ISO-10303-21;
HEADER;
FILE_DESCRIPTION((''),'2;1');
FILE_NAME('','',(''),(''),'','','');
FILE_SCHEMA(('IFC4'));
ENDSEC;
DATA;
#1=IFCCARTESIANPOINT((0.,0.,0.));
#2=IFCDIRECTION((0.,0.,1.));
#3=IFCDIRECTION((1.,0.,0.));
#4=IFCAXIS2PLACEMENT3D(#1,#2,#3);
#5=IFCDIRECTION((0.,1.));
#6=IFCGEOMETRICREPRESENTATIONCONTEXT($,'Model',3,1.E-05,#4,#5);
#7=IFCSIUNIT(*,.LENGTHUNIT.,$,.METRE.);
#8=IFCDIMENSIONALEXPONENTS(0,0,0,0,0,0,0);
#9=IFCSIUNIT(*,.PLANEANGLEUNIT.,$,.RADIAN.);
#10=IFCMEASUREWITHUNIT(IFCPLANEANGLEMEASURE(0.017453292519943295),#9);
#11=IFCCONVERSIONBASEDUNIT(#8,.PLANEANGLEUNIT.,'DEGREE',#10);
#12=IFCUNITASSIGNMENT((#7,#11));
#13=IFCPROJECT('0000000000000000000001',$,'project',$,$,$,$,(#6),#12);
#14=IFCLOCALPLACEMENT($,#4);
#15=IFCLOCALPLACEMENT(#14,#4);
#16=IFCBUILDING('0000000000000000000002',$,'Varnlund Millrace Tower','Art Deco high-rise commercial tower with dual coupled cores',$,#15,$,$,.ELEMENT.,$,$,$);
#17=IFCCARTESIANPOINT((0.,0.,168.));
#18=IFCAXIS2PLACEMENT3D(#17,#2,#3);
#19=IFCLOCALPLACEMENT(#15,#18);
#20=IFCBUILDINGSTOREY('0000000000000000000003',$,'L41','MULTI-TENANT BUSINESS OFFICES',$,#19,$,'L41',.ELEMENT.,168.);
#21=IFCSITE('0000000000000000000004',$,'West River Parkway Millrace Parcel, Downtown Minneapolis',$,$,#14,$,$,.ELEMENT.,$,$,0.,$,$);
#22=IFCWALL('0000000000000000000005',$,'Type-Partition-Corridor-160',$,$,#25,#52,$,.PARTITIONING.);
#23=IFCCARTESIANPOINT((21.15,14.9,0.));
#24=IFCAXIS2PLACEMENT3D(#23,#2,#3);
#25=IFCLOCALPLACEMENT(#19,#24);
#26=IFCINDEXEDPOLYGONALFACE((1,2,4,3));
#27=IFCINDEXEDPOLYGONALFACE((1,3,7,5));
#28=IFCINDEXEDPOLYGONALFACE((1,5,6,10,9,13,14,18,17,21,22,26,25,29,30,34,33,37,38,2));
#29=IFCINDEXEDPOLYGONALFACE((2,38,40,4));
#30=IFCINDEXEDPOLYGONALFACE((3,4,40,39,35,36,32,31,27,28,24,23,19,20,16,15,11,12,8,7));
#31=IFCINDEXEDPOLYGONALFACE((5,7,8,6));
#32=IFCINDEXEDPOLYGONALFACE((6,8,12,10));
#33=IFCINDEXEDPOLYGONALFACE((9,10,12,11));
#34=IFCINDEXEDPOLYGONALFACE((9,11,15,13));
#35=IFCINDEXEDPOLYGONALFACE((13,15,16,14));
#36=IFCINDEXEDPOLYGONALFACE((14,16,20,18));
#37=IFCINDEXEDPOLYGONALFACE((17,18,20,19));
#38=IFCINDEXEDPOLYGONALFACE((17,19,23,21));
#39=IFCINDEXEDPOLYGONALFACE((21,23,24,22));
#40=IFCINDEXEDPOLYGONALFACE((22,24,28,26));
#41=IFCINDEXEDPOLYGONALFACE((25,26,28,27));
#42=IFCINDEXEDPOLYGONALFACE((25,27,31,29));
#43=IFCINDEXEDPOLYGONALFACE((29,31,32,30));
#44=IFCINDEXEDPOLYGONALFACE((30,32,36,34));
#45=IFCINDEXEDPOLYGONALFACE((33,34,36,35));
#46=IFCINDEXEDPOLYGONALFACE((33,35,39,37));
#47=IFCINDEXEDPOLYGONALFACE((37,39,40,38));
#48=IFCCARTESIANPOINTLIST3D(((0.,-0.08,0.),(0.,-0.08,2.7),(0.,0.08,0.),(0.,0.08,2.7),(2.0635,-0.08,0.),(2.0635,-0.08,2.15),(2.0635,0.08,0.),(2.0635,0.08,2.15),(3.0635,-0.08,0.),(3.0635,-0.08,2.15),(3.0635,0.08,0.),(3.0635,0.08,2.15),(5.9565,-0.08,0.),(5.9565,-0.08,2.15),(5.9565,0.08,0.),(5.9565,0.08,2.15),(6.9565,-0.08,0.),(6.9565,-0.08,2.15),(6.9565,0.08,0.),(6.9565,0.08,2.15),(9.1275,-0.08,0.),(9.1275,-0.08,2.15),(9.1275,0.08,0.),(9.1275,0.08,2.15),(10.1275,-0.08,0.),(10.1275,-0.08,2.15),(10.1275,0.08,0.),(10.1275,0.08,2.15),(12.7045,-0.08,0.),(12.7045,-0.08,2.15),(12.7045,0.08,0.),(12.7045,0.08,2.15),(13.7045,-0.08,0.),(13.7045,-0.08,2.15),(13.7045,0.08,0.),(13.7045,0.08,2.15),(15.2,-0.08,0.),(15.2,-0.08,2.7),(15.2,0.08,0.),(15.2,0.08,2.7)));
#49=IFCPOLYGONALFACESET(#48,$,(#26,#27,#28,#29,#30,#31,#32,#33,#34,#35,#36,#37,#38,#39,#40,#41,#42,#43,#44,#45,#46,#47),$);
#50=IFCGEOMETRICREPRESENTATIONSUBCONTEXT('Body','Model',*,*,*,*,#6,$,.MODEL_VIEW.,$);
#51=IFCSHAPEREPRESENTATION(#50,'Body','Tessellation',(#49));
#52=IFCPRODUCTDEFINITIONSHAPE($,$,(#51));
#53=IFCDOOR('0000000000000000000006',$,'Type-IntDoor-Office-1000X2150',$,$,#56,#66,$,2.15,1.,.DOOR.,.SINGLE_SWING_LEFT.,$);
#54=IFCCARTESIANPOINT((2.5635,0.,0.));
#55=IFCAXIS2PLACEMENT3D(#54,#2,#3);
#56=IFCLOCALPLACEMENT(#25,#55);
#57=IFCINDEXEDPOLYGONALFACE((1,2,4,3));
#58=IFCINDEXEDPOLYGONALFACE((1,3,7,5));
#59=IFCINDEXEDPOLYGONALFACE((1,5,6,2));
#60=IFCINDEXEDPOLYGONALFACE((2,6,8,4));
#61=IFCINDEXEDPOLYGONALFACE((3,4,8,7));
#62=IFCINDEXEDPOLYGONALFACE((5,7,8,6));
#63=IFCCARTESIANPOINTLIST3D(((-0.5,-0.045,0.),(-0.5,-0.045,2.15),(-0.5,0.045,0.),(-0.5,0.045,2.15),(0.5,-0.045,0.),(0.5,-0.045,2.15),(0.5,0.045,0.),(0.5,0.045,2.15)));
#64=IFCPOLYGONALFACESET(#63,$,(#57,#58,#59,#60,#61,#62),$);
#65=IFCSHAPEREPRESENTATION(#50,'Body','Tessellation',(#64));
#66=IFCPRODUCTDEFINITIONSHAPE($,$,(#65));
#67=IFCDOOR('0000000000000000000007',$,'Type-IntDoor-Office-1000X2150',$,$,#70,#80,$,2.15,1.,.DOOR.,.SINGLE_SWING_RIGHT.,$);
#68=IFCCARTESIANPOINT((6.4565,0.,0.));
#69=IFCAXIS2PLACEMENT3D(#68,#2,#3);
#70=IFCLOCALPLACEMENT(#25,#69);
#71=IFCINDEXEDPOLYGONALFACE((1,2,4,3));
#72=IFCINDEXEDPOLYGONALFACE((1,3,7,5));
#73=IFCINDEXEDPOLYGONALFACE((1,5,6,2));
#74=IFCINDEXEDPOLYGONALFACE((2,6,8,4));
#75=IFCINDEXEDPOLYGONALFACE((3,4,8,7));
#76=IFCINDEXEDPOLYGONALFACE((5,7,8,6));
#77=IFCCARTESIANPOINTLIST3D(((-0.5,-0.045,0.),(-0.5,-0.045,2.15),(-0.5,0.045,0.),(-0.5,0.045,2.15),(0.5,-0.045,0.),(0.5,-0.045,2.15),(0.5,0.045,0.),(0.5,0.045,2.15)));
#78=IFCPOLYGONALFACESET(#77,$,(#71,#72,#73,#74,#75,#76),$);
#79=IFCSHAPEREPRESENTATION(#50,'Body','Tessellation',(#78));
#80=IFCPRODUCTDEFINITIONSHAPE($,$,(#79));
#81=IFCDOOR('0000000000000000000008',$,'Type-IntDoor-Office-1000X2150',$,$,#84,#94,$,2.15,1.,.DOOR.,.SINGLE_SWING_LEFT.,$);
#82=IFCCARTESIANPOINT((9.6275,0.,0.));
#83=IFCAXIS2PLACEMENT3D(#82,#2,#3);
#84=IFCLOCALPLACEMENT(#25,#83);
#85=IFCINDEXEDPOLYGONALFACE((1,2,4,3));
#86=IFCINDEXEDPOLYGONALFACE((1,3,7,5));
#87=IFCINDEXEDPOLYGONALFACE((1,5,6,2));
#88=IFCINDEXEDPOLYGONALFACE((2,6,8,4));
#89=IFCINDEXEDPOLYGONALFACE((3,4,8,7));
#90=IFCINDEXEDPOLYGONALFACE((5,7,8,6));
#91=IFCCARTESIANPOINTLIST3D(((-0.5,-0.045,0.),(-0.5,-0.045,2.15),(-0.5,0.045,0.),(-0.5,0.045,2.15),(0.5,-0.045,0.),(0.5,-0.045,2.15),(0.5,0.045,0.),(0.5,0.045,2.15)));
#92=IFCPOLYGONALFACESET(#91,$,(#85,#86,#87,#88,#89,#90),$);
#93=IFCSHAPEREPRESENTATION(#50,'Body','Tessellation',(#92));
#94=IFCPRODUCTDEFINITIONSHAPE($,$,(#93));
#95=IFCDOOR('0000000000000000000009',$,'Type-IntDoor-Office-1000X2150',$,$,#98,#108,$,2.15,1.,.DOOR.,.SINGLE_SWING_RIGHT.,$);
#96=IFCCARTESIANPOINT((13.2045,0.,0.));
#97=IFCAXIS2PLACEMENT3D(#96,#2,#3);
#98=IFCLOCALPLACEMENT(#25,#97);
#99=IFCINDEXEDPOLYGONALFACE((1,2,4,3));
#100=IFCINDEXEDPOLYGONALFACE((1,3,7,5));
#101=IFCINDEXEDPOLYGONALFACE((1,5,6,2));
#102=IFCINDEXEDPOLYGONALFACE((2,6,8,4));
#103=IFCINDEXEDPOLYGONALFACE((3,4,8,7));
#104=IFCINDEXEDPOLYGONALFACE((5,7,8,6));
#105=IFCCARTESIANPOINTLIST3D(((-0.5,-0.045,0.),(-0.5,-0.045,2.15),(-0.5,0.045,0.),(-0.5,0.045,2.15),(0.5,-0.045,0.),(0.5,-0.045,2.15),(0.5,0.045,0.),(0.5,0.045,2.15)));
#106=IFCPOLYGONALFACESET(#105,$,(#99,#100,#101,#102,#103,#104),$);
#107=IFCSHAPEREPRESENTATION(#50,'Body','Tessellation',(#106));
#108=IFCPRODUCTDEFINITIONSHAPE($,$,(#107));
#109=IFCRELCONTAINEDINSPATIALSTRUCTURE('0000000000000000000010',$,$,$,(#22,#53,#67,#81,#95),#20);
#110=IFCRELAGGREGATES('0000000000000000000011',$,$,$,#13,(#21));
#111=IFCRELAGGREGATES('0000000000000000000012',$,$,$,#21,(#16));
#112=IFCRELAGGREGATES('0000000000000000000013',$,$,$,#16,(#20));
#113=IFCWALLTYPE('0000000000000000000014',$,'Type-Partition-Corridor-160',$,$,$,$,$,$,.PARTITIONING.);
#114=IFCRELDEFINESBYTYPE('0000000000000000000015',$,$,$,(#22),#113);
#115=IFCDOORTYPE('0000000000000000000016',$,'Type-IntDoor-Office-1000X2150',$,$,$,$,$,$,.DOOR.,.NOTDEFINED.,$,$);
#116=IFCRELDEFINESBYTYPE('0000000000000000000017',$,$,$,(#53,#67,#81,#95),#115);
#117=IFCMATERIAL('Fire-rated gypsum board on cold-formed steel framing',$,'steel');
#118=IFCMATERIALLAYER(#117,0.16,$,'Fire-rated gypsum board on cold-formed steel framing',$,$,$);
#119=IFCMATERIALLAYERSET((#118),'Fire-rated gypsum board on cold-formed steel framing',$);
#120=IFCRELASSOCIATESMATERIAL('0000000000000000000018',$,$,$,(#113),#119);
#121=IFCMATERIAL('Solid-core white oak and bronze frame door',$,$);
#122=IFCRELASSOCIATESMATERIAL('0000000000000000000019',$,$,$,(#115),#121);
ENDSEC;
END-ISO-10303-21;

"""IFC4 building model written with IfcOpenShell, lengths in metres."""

from ifc_helpers import new_model, entity, si_unit, converted_unit, direction, frame, origin_with_axes, origin_2d_with_axis, place, context, subcontext, project, spatial, polyline, rectangle, outline, extrude, material, layer, layer_set, type_object, element, fill, save


model = new_model("IFC4")

# Units and contexts
model_context = context("Model", 3, precision=1e-05, world=origin_with_axes(), true_north=direction((0.0, 1.0)))
body_context = subcontext(model_context, "Body", "Model", "MODEL_VIEW")
ifc_project = project(units=[si_unit("LENGTHUNIT", "METRE"), converted_unit("PLANEANGLEUNIT", "DEGREE", entity("IfcPlaneAngleMeasure", 0.017453292519943295), si_unit("PLANEANGLEUNIT", "RADIAN"), dimensions=[0, 0, 0, 0, 0, 0, 0])], contexts=[model_context])

# Site, building, storey
site_placement = place(None, origin_with_axes())
site = spatial("IfcSite", under=ifc_project, at=site_placement, Name="West River Parkway Millrace Parcel, Downtown Minneapolis", CompositionType="ELEMENT", RefElevation=0.0)
building_placement = place(site_placement, origin_with_axes())
building = spatial("IfcBuilding", under=site, at=building_placement, Name="Varnlund Millrace Tower", Description="Art Deco high-rise commercial tower with dual coupled cores", CompositionType="ELEMENT")
storey_placement = place(building_placement, frame((0.0, 0.0, 168.0), z_axis=(0.0, 0.0, 1.0), x_axis=(1.0, 0.0, 0.0)))
storey = spatial("IfcBuildingStorey", under=building, at=storey_placement, Name="L41", Description="MULTI-TENANT BUSINESS OFFICES", LongName="L41", CompositionType="ELEMENT", Elevation=168.0)

# Wall, openings, doors
ifc_material_1 = material(Name="Fire-rated gypsum board on cold-formed steel framing", Category="steel")
ifc_layer_1 = layer(ifc_material_1, 0.16, Name="Fire-rated gypsum board on cold-formed steel framing")
ifc_layer_set_1 = layer_set([ifc_layer_1], Name="Fire-rated gypsum board on cold-formed steel framing")
wall_type_1 = type_object("IfcWallType", Name="Type-Partition-Corridor-160", PredefinedType="PARTITIONING", material=ifc_layer_set_1)
ifc_material_2 = material(Name="Solid-core white oak and bronze frame door")
door_type_1 = type_object("IfcDoorType", Name="Type-IntDoor-Office-1000X2150", OperationType="NOTDEFINED", PredefinedType="DOOR", material=ifc_material_2)
wall_1_placement = place(storey_placement, frame((21.15, 14.9, 0.0), z_axis=(0.0, 0.0, 1.0), x_axis=(1.0, 0.0, 0.0)))
wall_1 = element("IfcWall", 1, at=wall_1_placement, inside=storey, type_object=wall_type_1, Name="Type-Partition-Corridor-160", PredefinedType="PARTITIONING", context=body_context, shape_type="SweptSolid", body=[
    extrude(outline(polyline([(0.0, -0.08), (15.2, -0.08), (15.2, 0.08), (0.0, 0.08), (0.0, -0.08)])), origin_with_axes(), (0.0, 0.0, 1.0), 2.7),
])
opening_1_placement = place(wall_1_placement, frame((2.5635, 0.0, 0.0), z_axis=(0.0, 0.0, 1.0), x_axis=(1.0, 0.0, 0.0)))
opening_1 = element("IfcOpeningElement", 2, at=opening_1_placement, cuts=wall_1, PredefinedType="OPENING", context=body_context, shape_type="SweptSolid", body=[
    extrude(rectangle(XDim=1.0, YDim=0.18, at=origin_2d_with_axis()), origin_with_axes(), (0.0, 0.0, 1.0), 2.15),
])
opening_2_placement = place(wall_1_placement, frame((6.4565, 0.0, 0.0), z_axis=(0.0, 0.0, 1.0), x_axis=(1.0, 0.0, 0.0)))
opening_2 = element("IfcOpeningElement", 3, at=opening_2_placement, cuts=wall_1, PredefinedType="OPENING", context=body_context, shape_type="SweptSolid", body=[
    extrude(rectangle(XDim=1.0, YDim=0.18, at=origin_2d_with_axis()), origin_with_axes(), (0.0, 0.0, 1.0), 2.15),
])
opening_3_placement = place(wall_1_placement, frame((9.6275, 0.0, 0.0), z_axis=(0.0, 0.0, 1.0), x_axis=(1.0, 0.0, 0.0)))
opening_3 = element("IfcOpeningElement", 4, at=opening_3_placement, cuts=wall_1, PredefinedType="OPENING", context=body_context, shape_type="SweptSolid", body=[
    extrude(rectangle(XDim=1.0, YDim=0.18, at=origin_2d_with_axis()), origin_with_axes(), (0.0, 0.0, 1.0), 2.15),
])
opening_4_placement = place(wall_1_placement, frame((13.2045, 0.0, 0.0), z_axis=(0.0, 0.0, 1.0), x_axis=(1.0, 0.0, 0.0)))
opening_4 = element("IfcOpeningElement", 5, at=opening_4_placement, cuts=wall_1, PredefinedType="OPENING", context=body_context, shape_type="SweptSolid", body=[
    extrude(rectangle(XDim=1.0, YDim=0.18, at=origin_2d_with_axis()), origin_with_axes(), (0.0, 0.0, 1.0), 2.15),
])
door_1_placement = place(wall_1_placement, frame((2.5635, 0.0, 0.0), z_axis=(0.0, 0.0, 1.0), x_axis=(1.0, 0.0, 0.0)))
door_1 = element("IfcDoor", 6, at=door_1_placement, inside=storey, type_object=door_type_1, Name="Type-IntDoor-Office-1000X2150", OperationType="SINGLE_SWING_LEFT", OverallHeight=2.15, OverallWidth=1.0, PredefinedType="DOOR", context=body_context, shape_type="SweptSolid", body=[
    extrude(rectangle(XDim=1.0, YDim=0.09, at=origin_2d_with_axis()), origin_with_axes(), (0.0, 0.0, 1.0), 2.15),
])
fill(opening_1, door_1)
door_2_placement = place(wall_1_placement, frame((6.4565, 0.0, 0.0), z_axis=(0.0, 0.0, 1.0), x_axis=(1.0, 0.0, 0.0)))
door_2 = element("IfcDoor", 7, at=door_2_placement, inside=storey, type_object=door_type_1, Name="Type-IntDoor-Office-1000X2150", OperationType="SINGLE_SWING_RIGHT", OverallHeight=2.15, OverallWidth=1.0, PredefinedType="DOOR", context=body_context, shape_type="SweptSolid", body=[
    extrude(rectangle(XDim=1.0, YDim=0.09, at=origin_2d_with_axis()), origin_with_axes(), (0.0, 0.0, 1.0), 2.15),
])
fill(opening_2, door_2)
door_3_placement = place(wall_1_placement, frame((9.6275, 0.0, 0.0), z_axis=(0.0, 0.0, 1.0), x_axis=(1.0, 0.0, 0.0)))
door_3 = element("IfcDoor", 8, at=door_3_placement, inside=storey, type_object=door_type_1, Name="Type-IntDoor-Office-1000X2150", OperationType="SINGLE_SWING_LEFT", OverallHeight=2.15, OverallWidth=1.0, PredefinedType="DOOR", context=body_context, shape_type="SweptSolid", body=[
    extrude(rectangle(XDim=1.0, YDim=0.09, at=origin_2d_with_axis()), origin_with_axes(), (0.0, 0.0, 1.0), 2.15),
])
fill(opening_3, door_3)
door_4_placement = place(wall_1_placement, frame((13.2045, 0.0, 0.0), z_axis=(0.0, 0.0, 1.0), x_axis=(1.0, 0.0, 0.0)))
door_4 = element("IfcDoor", 9, at=door_4_placement, inside=storey, type_object=door_type_1, Name="Type-IntDoor-Office-1000X2150", OperationType="SINGLE_SWING_RIGHT", OverallHeight=2.15, OverallWidth=1.0, PredefinedType="DOOR", context=body_context, shape_type="SweptSolid", body=[
    extrude(rectangle(XDim=1.0, YDim=0.09, at=origin_2d_with_axis()), origin_with_axes(), (0.0, 0.0, 1.0), 2.15),
])
fill(opening_4, door_4)

save(model, "model.ifc")
